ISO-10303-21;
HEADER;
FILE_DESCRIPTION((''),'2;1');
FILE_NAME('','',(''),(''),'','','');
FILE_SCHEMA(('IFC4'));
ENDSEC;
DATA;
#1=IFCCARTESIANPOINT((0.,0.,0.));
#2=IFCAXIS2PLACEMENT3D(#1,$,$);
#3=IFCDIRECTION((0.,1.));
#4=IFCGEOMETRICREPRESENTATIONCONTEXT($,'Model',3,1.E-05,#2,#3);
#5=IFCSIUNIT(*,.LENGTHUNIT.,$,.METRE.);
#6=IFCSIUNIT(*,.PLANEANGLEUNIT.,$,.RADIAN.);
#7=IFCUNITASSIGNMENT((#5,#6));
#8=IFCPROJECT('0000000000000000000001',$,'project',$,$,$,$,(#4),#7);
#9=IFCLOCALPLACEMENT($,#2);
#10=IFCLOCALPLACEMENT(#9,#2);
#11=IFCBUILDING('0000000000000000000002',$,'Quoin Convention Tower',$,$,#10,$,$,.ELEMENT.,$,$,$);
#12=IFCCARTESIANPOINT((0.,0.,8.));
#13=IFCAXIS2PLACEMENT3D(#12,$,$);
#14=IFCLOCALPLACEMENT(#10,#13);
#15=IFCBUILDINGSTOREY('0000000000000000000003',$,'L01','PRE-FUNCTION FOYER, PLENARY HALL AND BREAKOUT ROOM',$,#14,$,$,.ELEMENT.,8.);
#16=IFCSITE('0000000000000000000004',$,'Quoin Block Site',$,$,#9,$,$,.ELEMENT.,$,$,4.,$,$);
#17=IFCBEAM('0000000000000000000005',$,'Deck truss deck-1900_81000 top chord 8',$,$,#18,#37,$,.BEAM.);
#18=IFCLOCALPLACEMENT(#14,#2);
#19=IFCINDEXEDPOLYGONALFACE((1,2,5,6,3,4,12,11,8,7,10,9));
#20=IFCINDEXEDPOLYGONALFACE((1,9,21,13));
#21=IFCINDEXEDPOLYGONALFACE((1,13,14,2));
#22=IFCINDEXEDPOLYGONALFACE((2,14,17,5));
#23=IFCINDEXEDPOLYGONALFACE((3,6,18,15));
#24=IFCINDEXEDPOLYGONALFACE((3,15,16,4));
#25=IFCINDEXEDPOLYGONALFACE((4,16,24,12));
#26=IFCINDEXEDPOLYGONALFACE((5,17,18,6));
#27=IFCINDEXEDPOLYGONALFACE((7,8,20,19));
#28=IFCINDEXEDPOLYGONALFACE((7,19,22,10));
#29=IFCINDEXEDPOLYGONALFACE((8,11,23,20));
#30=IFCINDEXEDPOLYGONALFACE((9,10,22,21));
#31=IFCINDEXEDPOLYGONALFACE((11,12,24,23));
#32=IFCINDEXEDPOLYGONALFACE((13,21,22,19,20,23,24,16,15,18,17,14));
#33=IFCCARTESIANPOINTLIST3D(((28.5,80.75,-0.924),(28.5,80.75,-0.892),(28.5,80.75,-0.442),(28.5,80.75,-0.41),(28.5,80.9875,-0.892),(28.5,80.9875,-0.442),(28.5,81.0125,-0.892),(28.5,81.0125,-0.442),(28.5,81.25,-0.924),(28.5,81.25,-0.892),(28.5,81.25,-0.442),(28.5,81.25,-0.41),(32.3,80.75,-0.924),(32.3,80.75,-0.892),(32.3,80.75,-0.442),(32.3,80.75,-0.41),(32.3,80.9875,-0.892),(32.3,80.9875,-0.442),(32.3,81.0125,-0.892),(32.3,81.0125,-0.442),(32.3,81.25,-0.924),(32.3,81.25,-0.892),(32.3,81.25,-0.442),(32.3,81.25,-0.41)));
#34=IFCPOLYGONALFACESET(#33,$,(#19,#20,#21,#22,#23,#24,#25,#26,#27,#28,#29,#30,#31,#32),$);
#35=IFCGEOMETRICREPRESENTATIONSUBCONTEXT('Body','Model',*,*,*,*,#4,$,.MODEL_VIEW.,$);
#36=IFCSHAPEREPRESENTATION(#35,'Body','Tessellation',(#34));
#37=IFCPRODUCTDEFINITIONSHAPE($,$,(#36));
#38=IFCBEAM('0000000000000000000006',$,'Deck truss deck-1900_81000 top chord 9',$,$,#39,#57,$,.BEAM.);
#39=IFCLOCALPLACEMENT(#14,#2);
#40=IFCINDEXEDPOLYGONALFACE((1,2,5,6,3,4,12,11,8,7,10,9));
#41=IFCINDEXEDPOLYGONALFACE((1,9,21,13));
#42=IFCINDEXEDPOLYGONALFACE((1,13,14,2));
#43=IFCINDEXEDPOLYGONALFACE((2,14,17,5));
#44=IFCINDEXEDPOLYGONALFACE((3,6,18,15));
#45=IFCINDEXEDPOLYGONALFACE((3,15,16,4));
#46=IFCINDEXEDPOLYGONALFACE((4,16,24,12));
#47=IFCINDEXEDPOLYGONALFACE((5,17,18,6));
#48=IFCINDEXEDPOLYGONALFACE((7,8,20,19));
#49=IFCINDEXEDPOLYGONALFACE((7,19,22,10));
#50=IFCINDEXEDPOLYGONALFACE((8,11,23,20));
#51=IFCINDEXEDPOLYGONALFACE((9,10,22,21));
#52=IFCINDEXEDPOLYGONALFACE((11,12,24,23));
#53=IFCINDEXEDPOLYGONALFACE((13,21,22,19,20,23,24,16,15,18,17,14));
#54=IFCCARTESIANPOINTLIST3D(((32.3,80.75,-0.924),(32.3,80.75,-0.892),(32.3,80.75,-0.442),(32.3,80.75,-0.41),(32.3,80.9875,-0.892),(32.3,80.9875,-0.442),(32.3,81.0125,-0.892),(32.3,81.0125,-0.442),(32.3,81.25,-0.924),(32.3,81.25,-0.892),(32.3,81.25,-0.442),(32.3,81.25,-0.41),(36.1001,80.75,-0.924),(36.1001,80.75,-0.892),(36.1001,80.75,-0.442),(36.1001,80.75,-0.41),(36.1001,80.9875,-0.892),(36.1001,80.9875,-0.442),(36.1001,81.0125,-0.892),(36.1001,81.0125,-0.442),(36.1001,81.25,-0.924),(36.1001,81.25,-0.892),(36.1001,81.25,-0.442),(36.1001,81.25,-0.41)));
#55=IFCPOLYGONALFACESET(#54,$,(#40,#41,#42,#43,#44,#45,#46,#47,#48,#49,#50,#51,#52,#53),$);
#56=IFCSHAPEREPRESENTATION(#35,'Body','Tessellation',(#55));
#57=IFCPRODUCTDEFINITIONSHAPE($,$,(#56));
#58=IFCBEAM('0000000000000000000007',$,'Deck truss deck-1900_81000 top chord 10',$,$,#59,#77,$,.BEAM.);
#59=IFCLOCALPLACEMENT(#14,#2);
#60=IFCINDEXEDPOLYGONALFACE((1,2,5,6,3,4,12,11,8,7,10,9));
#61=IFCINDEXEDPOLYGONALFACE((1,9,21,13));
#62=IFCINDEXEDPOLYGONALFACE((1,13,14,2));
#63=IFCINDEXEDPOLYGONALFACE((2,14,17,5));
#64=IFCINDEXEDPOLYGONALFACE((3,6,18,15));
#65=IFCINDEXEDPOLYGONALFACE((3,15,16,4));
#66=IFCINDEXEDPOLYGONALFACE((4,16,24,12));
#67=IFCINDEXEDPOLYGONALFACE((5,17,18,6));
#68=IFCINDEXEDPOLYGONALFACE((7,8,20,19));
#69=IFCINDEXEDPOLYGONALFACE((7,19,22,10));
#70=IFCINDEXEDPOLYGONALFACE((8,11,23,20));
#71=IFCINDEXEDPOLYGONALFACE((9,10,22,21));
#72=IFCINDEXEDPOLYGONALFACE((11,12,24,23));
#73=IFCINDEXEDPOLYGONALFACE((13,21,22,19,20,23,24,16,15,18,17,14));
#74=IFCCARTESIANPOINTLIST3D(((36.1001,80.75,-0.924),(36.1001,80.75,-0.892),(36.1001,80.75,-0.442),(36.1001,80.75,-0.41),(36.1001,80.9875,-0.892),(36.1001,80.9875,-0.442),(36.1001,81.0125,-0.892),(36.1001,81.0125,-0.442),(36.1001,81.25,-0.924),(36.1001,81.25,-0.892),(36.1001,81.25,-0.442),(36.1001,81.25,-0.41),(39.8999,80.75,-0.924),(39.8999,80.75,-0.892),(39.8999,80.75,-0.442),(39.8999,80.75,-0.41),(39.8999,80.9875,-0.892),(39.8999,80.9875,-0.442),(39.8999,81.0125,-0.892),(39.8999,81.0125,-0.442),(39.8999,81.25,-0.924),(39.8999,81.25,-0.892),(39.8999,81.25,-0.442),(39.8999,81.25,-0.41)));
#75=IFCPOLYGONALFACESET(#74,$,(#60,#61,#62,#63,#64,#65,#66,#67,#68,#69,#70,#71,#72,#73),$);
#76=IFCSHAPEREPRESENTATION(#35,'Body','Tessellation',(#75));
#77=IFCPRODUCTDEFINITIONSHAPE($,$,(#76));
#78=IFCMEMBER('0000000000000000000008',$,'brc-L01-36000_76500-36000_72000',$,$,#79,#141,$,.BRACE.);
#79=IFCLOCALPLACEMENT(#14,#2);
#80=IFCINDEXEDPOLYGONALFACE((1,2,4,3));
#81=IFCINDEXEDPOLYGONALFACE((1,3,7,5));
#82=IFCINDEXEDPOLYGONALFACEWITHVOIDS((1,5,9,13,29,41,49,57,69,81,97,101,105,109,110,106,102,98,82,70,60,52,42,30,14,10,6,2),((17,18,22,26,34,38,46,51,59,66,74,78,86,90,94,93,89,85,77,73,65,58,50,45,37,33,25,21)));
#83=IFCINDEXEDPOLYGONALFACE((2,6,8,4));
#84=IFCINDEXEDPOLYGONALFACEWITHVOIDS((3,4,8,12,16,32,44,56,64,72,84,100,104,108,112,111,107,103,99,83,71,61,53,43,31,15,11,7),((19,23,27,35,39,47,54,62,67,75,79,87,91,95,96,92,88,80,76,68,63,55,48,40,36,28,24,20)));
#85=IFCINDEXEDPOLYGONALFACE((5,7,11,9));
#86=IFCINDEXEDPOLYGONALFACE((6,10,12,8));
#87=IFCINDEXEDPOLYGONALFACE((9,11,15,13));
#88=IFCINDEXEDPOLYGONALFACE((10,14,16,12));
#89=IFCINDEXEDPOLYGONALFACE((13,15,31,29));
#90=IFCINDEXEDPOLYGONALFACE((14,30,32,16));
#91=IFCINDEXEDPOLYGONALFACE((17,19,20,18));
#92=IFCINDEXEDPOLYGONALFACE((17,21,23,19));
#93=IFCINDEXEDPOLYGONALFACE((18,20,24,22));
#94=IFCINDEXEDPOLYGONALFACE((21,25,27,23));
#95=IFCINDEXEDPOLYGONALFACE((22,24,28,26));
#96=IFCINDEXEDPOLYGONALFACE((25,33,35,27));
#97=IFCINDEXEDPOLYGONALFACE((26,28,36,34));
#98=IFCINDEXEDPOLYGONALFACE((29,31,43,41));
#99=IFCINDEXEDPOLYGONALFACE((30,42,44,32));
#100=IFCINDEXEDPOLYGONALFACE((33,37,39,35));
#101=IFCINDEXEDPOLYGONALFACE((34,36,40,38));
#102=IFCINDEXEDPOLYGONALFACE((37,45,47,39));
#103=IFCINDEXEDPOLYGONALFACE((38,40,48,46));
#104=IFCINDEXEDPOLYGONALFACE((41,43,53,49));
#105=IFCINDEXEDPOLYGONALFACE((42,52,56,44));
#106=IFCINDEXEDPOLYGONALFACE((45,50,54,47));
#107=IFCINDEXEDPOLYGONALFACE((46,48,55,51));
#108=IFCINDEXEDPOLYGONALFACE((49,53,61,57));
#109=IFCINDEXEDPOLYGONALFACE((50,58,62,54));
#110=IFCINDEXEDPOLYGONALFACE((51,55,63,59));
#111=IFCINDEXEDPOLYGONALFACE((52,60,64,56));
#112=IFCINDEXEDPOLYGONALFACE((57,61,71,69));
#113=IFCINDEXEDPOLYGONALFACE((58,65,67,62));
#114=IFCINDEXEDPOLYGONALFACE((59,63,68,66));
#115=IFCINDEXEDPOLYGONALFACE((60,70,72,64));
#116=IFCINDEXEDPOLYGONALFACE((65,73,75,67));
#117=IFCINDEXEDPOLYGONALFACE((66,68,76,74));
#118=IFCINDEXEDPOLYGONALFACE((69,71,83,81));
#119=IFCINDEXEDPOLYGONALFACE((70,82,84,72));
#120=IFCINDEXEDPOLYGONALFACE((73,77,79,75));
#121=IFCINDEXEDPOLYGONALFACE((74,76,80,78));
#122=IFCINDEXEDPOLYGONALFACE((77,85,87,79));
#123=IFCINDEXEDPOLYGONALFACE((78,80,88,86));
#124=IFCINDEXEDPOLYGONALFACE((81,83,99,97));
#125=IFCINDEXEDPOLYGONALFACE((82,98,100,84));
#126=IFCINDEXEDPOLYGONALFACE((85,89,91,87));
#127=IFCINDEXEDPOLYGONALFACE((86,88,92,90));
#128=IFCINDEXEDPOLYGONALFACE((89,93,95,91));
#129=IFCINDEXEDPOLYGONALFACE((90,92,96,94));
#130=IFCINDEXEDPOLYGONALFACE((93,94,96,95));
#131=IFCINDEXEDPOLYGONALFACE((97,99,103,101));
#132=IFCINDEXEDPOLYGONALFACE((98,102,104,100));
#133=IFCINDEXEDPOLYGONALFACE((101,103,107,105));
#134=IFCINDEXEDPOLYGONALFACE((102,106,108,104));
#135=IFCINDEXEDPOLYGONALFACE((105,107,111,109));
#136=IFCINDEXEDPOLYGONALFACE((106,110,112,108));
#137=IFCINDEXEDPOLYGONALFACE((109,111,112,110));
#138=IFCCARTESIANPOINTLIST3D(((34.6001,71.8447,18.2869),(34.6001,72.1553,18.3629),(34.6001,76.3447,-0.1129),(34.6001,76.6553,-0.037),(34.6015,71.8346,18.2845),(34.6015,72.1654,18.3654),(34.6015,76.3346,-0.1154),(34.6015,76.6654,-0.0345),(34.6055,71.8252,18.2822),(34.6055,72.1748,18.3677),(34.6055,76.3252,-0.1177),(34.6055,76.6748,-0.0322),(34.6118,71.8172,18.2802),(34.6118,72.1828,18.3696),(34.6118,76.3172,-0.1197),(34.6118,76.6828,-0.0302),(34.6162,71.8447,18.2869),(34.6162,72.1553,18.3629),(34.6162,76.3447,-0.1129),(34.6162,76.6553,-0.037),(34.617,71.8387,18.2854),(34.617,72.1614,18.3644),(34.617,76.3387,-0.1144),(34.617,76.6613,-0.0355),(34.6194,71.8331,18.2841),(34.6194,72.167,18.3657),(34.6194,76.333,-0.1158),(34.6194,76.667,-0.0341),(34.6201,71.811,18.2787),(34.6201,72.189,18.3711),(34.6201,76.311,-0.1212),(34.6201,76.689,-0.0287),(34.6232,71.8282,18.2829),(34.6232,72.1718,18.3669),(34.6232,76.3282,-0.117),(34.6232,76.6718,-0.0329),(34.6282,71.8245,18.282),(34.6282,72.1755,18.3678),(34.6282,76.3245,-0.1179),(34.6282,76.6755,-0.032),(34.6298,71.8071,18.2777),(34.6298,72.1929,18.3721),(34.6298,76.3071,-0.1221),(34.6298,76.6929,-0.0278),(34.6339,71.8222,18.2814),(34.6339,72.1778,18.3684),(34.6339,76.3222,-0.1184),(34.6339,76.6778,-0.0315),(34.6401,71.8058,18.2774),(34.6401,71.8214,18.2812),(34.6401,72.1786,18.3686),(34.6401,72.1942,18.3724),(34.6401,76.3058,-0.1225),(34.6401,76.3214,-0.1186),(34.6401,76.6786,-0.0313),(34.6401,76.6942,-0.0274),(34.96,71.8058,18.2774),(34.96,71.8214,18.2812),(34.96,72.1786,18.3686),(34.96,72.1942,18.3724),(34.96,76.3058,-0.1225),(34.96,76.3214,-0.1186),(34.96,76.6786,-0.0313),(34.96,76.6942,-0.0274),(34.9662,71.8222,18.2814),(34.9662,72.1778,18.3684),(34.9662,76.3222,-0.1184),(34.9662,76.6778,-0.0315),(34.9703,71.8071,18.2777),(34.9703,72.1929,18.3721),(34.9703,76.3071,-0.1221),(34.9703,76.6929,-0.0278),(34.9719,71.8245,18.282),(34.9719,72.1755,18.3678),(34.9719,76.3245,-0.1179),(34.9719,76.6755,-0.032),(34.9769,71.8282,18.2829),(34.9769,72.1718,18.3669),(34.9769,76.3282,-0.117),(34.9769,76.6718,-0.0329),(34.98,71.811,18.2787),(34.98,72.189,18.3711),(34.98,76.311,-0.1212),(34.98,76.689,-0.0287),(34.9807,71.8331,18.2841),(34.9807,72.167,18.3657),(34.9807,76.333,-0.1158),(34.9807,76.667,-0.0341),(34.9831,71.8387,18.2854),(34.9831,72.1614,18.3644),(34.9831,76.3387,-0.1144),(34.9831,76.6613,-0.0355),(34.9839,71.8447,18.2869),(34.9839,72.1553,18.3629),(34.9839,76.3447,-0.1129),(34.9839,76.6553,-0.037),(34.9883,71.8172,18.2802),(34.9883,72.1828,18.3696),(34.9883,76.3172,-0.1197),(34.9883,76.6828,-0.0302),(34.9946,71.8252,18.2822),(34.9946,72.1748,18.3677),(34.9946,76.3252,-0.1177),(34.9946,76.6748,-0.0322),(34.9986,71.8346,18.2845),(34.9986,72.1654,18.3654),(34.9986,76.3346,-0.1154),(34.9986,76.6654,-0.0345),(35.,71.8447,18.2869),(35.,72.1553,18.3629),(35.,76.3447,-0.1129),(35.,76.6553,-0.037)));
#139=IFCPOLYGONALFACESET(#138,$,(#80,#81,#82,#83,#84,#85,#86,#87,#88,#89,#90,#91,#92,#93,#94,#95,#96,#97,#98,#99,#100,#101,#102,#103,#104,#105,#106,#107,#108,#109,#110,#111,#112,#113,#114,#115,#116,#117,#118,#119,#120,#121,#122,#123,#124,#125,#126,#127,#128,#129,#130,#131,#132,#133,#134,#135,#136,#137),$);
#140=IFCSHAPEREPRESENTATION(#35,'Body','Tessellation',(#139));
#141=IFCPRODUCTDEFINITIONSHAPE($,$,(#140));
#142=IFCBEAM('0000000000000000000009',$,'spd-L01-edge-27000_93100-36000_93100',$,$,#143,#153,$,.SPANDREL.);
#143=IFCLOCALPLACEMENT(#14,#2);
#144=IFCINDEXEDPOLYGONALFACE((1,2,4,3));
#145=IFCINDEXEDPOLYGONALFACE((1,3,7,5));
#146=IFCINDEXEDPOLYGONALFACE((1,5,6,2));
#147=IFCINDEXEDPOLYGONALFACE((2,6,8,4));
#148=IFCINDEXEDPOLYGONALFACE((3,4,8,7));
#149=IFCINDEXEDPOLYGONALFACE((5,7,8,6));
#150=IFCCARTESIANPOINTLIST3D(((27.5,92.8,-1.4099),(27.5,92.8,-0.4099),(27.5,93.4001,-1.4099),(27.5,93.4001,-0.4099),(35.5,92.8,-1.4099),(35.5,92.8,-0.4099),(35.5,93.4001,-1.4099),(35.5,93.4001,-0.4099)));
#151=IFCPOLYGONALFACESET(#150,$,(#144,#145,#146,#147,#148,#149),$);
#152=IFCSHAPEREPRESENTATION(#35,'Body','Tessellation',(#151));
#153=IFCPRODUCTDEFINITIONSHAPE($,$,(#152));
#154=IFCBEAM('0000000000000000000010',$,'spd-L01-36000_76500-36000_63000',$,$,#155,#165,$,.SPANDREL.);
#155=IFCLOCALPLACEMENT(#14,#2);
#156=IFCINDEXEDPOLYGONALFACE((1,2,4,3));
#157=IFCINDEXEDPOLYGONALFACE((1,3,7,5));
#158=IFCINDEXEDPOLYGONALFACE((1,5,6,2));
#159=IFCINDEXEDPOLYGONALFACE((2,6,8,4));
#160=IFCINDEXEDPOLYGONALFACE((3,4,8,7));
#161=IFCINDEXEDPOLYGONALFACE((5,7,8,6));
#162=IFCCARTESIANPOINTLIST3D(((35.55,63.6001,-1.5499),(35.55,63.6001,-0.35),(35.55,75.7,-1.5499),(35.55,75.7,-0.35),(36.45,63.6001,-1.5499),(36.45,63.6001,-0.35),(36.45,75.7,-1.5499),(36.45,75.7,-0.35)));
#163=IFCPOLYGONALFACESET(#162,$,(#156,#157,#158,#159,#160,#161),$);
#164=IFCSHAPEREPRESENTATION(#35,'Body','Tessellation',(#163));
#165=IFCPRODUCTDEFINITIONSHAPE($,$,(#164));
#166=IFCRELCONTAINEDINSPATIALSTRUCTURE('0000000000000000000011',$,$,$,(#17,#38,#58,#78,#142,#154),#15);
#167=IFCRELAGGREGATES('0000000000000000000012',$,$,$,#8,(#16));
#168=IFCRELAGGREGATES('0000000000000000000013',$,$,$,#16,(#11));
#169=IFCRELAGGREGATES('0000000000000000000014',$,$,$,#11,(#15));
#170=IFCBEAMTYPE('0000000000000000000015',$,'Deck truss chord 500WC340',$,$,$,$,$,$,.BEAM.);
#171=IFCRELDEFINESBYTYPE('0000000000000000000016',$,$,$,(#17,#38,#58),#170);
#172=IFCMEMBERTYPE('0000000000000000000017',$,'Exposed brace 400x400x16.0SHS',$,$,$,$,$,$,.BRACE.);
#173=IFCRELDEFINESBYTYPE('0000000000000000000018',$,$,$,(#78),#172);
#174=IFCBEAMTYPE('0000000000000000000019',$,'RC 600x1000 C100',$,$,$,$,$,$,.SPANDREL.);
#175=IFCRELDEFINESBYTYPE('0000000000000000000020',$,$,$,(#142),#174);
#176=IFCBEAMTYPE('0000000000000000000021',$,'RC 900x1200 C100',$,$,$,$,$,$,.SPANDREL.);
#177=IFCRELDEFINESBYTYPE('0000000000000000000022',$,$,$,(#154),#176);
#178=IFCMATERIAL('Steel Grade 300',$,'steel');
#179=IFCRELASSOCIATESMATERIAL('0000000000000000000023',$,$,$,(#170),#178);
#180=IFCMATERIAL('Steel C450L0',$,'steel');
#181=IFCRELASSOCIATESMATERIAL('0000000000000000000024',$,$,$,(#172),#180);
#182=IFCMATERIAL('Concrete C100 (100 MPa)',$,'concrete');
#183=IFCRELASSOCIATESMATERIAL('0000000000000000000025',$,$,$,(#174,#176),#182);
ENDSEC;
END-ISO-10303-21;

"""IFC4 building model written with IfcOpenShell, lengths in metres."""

from ifc_helpers import new_model, si_unit, direction, frame, origin, origin_2d, place, context, subcontext, project, spatial, rectangle, hollow_rectangle, i_section, extrude, material, material_profile, profile_set, type_object, element, save


model = new_model("IFC4")

# Units and contexts
model_context = context("Model", 3, precision=1e-05, world=origin(), true_north=direction((0.0, 1.0)))
body_context = subcontext(model_context, "Body", "Model", "MODEL_VIEW")
ifc_project = project(units=[si_unit("LENGTHUNIT", "METRE"), si_unit("PLANEANGLEUNIT", "RADIAN")], contexts=[model_context])

# Site, building, storey
site_placement = place(None, origin())
site = spatial("IfcSite", under=ifc_project, at=site_placement, Name="Quoin Block Site", CompositionType="ELEMENT", RefElevation=4.0)
building_placement = place(site_placement, origin())
building = spatial("IfcBuilding", under=site, at=building_placement, Name="Quoin Convention Tower", CompositionType="ELEMENT")
storey_placement = place(building_placement, frame((0.0, 0.0, 8.0)))
storey = spatial("IfcBuildingStorey", under=building, at=storey_placement, Name="L01", Description="PRE-FUNCTION FOYER, PLENARY HALL AND BREAKOUT ROOM", CompositionType="ELEMENT", Elevation=8.0)

# Shared definitions
ifc_material_1 = material(Name="Concrete C100 (100 MPa)", Category="concrete")

# Shared definitions
ifc_material_2 = material(Name="Steel Grade 300", Category="steel")
ifc_material_3 = material(Name="Steel C450L0", Category="steel")

# Beams
ifc_material_profile_1 = material_profile(ifc_material_2, i_section(OverallWidth=0.5, OverallDepth=0.5139, WebThickness=0.0249, FlangeThickness=0.032, at=origin_2d()), Name="500WC340")
ifc_profile_set_1 = profile_set([ifc_material_profile_1], Name="Steel Grade 300")
beam_type_1 = type_object("IfcBeamType", Name="Deck truss chord 500WC340", PredefinedType="BEAM", material=ifc_profile_set_1)
for number, where, z_axis, x_axis, name in (
    (1, (28.5, 81.0, -0.667), (1.0, 0.0, 0.0), (0.0, 1.0, 0.0), "Deck truss deck-1900_81000 top chord 8"),
    (2, (32.3, 81.0, -0.667), (1.0, 0.0, 0.0), (0.0, 1.0, 0.0), "Deck truss deck-1900_81000 top chord 9"),
):
    element("IfcBeam", number, at=place(storey_placement, frame(where, z_axis=z_axis, x_axis=x_axis)), inside=storey, type_object=beam_type_1, Name=name, PredefinedType="BEAM", context=body_context, shape_type="SweptSolid", body=[
        extrude(i_section(OverallWidth=0.5, OverallDepth=0.5139, WebThickness=0.0249, FlangeThickness=0.032, at=origin_2d()), origin(), (0.0, 0.0, 1.0), 3.8),
    ])
beam_1_placement = place(storey_placement, frame((36.1001, 81.0, -0.667), z_axis=(1.0, 0.0, 0.0), x_axis=(0.0, 1.0, 0.0)))
element("IfcBeam", 3, at=beam_1_placement, inside=storey, type_object=beam_type_1, Name="Deck truss deck-1900_81000 top chord 10", PredefinedType="BEAM", context=body_context, shape_type="SweptSolid", body=[
    extrude(i_section(OverallWidth=0.5, OverallDepth=0.5139, WebThickness=0.0249, FlangeThickness=0.032, at=origin_2d()), origin(), (0.0, 0.0, 1.0), 3.7998),
])

# Member
ifc_material_profile_2 = material_profile(ifc_material_3, hollow_rectangle(XDim=0.3999, YDim=0.3999, WallThickness=0.0161, InnerFilletRadius=0.0239, OuterFilletRadius=0.04, at=origin_2d()), Name="400x400x16.0SHS")
ifc_profile_set_2 = profile_set([ifc_material_profile_2], Name="Steel C450L0")
member_type_1 = type_object("IfcMemberType", Name="Exposed brace 400x400x16.0SHS", PredefinedType="BRACE", material=ifc_profile_set_2)
member_1_placement = place(storey_placement, frame((34.8, 76.5, -0.075), z_axis=(0.0, -0.237565, 0.971372), x_axis=(1.0, 0.0, 0.0)))
element("IfcMember", 4, at=member_1_placement, inside=storey, type_object=member_type_1, Name="brc-L01-36000_76500-36000_72000", PredefinedType="BRACE", context=body_context, shape_type="SweptSolid", body=[
    extrude(hollow_rectangle(XDim=0.3999, YDim=0.3999, WallThickness=0.0161, InnerFilletRadius=0.0239, OuterFilletRadius=0.04, at=origin_2d()), origin(), (0.0, 0.0, 1.0), 18.9421),
])

# Beams
ifc_material_profile_3 = material_profile(ifc_material_1, rectangle(XDim=0.6001, YDim=1.0, at=origin_2d()), Name="RC 600x1000")
ifc_profile_set_3 = profile_set([ifc_material_profile_3], Name="Concrete C100 (100 MPa)")
beam_type_2 = type_object("IfcBeamType", Name="RC 600x1000 C100", PredefinedType="SPANDREL", material=ifc_profile_set_3)
beam_2_placement = place(storey_placement, frame((27.5, 93.1001, -0.9099), z_axis=(1.0, 0.0, 0.0), x_axis=(0.0, 1.0, 0.0)))
element("IfcBeam", 5, at=beam_2_placement, inside=storey, type_object=beam_type_2, Name="spd-L01-edge-27000_93100-36000_93100", PredefinedType="SPANDREL", context=body_context, shape_type="SweptSolid", body=[
    extrude(rectangle(XDim=0.6001, YDim=1.0, at=origin_2d()), origin(), (0.0, 0.0, 1.0), 8.0),
])
ifc_material_profile_4 = material_profile(ifc_material_1, rectangle(XDim=0.8999, YDim=1.2, at=origin_2d()), Name="RC 900x1200")
ifc_profile_set_4 = profile_set([ifc_material_profile_4], Name="Concrete C100 (100 MPa)")
beam_type_3 = type_object("IfcBeamType", Name="RC 900x1200 C100", PredefinedType="SPANDREL", material=ifc_profile_set_4)
beam_3_placement = place(storey_placement, frame((36.0, 75.7, -0.95), z_axis=(0.0, -1.0, 0.0), x_axis=(1.0, 0.0, 0.0)))
element("IfcBeam", 6, at=beam_3_placement, inside=storey, type_object=beam_type_3, Name="spd-L01-36000_76500-36000_63000", PredefinedType="SPANDREL", context=body_context, shape_type="SweptSolid", body=[
    extrude(rectangle(XDim=0.8999, YDim=1.2, at=origin_2d()), origin(), (0.0, 0.0, 1.0), 12.0999),
])

save(model, "model.ifc")
